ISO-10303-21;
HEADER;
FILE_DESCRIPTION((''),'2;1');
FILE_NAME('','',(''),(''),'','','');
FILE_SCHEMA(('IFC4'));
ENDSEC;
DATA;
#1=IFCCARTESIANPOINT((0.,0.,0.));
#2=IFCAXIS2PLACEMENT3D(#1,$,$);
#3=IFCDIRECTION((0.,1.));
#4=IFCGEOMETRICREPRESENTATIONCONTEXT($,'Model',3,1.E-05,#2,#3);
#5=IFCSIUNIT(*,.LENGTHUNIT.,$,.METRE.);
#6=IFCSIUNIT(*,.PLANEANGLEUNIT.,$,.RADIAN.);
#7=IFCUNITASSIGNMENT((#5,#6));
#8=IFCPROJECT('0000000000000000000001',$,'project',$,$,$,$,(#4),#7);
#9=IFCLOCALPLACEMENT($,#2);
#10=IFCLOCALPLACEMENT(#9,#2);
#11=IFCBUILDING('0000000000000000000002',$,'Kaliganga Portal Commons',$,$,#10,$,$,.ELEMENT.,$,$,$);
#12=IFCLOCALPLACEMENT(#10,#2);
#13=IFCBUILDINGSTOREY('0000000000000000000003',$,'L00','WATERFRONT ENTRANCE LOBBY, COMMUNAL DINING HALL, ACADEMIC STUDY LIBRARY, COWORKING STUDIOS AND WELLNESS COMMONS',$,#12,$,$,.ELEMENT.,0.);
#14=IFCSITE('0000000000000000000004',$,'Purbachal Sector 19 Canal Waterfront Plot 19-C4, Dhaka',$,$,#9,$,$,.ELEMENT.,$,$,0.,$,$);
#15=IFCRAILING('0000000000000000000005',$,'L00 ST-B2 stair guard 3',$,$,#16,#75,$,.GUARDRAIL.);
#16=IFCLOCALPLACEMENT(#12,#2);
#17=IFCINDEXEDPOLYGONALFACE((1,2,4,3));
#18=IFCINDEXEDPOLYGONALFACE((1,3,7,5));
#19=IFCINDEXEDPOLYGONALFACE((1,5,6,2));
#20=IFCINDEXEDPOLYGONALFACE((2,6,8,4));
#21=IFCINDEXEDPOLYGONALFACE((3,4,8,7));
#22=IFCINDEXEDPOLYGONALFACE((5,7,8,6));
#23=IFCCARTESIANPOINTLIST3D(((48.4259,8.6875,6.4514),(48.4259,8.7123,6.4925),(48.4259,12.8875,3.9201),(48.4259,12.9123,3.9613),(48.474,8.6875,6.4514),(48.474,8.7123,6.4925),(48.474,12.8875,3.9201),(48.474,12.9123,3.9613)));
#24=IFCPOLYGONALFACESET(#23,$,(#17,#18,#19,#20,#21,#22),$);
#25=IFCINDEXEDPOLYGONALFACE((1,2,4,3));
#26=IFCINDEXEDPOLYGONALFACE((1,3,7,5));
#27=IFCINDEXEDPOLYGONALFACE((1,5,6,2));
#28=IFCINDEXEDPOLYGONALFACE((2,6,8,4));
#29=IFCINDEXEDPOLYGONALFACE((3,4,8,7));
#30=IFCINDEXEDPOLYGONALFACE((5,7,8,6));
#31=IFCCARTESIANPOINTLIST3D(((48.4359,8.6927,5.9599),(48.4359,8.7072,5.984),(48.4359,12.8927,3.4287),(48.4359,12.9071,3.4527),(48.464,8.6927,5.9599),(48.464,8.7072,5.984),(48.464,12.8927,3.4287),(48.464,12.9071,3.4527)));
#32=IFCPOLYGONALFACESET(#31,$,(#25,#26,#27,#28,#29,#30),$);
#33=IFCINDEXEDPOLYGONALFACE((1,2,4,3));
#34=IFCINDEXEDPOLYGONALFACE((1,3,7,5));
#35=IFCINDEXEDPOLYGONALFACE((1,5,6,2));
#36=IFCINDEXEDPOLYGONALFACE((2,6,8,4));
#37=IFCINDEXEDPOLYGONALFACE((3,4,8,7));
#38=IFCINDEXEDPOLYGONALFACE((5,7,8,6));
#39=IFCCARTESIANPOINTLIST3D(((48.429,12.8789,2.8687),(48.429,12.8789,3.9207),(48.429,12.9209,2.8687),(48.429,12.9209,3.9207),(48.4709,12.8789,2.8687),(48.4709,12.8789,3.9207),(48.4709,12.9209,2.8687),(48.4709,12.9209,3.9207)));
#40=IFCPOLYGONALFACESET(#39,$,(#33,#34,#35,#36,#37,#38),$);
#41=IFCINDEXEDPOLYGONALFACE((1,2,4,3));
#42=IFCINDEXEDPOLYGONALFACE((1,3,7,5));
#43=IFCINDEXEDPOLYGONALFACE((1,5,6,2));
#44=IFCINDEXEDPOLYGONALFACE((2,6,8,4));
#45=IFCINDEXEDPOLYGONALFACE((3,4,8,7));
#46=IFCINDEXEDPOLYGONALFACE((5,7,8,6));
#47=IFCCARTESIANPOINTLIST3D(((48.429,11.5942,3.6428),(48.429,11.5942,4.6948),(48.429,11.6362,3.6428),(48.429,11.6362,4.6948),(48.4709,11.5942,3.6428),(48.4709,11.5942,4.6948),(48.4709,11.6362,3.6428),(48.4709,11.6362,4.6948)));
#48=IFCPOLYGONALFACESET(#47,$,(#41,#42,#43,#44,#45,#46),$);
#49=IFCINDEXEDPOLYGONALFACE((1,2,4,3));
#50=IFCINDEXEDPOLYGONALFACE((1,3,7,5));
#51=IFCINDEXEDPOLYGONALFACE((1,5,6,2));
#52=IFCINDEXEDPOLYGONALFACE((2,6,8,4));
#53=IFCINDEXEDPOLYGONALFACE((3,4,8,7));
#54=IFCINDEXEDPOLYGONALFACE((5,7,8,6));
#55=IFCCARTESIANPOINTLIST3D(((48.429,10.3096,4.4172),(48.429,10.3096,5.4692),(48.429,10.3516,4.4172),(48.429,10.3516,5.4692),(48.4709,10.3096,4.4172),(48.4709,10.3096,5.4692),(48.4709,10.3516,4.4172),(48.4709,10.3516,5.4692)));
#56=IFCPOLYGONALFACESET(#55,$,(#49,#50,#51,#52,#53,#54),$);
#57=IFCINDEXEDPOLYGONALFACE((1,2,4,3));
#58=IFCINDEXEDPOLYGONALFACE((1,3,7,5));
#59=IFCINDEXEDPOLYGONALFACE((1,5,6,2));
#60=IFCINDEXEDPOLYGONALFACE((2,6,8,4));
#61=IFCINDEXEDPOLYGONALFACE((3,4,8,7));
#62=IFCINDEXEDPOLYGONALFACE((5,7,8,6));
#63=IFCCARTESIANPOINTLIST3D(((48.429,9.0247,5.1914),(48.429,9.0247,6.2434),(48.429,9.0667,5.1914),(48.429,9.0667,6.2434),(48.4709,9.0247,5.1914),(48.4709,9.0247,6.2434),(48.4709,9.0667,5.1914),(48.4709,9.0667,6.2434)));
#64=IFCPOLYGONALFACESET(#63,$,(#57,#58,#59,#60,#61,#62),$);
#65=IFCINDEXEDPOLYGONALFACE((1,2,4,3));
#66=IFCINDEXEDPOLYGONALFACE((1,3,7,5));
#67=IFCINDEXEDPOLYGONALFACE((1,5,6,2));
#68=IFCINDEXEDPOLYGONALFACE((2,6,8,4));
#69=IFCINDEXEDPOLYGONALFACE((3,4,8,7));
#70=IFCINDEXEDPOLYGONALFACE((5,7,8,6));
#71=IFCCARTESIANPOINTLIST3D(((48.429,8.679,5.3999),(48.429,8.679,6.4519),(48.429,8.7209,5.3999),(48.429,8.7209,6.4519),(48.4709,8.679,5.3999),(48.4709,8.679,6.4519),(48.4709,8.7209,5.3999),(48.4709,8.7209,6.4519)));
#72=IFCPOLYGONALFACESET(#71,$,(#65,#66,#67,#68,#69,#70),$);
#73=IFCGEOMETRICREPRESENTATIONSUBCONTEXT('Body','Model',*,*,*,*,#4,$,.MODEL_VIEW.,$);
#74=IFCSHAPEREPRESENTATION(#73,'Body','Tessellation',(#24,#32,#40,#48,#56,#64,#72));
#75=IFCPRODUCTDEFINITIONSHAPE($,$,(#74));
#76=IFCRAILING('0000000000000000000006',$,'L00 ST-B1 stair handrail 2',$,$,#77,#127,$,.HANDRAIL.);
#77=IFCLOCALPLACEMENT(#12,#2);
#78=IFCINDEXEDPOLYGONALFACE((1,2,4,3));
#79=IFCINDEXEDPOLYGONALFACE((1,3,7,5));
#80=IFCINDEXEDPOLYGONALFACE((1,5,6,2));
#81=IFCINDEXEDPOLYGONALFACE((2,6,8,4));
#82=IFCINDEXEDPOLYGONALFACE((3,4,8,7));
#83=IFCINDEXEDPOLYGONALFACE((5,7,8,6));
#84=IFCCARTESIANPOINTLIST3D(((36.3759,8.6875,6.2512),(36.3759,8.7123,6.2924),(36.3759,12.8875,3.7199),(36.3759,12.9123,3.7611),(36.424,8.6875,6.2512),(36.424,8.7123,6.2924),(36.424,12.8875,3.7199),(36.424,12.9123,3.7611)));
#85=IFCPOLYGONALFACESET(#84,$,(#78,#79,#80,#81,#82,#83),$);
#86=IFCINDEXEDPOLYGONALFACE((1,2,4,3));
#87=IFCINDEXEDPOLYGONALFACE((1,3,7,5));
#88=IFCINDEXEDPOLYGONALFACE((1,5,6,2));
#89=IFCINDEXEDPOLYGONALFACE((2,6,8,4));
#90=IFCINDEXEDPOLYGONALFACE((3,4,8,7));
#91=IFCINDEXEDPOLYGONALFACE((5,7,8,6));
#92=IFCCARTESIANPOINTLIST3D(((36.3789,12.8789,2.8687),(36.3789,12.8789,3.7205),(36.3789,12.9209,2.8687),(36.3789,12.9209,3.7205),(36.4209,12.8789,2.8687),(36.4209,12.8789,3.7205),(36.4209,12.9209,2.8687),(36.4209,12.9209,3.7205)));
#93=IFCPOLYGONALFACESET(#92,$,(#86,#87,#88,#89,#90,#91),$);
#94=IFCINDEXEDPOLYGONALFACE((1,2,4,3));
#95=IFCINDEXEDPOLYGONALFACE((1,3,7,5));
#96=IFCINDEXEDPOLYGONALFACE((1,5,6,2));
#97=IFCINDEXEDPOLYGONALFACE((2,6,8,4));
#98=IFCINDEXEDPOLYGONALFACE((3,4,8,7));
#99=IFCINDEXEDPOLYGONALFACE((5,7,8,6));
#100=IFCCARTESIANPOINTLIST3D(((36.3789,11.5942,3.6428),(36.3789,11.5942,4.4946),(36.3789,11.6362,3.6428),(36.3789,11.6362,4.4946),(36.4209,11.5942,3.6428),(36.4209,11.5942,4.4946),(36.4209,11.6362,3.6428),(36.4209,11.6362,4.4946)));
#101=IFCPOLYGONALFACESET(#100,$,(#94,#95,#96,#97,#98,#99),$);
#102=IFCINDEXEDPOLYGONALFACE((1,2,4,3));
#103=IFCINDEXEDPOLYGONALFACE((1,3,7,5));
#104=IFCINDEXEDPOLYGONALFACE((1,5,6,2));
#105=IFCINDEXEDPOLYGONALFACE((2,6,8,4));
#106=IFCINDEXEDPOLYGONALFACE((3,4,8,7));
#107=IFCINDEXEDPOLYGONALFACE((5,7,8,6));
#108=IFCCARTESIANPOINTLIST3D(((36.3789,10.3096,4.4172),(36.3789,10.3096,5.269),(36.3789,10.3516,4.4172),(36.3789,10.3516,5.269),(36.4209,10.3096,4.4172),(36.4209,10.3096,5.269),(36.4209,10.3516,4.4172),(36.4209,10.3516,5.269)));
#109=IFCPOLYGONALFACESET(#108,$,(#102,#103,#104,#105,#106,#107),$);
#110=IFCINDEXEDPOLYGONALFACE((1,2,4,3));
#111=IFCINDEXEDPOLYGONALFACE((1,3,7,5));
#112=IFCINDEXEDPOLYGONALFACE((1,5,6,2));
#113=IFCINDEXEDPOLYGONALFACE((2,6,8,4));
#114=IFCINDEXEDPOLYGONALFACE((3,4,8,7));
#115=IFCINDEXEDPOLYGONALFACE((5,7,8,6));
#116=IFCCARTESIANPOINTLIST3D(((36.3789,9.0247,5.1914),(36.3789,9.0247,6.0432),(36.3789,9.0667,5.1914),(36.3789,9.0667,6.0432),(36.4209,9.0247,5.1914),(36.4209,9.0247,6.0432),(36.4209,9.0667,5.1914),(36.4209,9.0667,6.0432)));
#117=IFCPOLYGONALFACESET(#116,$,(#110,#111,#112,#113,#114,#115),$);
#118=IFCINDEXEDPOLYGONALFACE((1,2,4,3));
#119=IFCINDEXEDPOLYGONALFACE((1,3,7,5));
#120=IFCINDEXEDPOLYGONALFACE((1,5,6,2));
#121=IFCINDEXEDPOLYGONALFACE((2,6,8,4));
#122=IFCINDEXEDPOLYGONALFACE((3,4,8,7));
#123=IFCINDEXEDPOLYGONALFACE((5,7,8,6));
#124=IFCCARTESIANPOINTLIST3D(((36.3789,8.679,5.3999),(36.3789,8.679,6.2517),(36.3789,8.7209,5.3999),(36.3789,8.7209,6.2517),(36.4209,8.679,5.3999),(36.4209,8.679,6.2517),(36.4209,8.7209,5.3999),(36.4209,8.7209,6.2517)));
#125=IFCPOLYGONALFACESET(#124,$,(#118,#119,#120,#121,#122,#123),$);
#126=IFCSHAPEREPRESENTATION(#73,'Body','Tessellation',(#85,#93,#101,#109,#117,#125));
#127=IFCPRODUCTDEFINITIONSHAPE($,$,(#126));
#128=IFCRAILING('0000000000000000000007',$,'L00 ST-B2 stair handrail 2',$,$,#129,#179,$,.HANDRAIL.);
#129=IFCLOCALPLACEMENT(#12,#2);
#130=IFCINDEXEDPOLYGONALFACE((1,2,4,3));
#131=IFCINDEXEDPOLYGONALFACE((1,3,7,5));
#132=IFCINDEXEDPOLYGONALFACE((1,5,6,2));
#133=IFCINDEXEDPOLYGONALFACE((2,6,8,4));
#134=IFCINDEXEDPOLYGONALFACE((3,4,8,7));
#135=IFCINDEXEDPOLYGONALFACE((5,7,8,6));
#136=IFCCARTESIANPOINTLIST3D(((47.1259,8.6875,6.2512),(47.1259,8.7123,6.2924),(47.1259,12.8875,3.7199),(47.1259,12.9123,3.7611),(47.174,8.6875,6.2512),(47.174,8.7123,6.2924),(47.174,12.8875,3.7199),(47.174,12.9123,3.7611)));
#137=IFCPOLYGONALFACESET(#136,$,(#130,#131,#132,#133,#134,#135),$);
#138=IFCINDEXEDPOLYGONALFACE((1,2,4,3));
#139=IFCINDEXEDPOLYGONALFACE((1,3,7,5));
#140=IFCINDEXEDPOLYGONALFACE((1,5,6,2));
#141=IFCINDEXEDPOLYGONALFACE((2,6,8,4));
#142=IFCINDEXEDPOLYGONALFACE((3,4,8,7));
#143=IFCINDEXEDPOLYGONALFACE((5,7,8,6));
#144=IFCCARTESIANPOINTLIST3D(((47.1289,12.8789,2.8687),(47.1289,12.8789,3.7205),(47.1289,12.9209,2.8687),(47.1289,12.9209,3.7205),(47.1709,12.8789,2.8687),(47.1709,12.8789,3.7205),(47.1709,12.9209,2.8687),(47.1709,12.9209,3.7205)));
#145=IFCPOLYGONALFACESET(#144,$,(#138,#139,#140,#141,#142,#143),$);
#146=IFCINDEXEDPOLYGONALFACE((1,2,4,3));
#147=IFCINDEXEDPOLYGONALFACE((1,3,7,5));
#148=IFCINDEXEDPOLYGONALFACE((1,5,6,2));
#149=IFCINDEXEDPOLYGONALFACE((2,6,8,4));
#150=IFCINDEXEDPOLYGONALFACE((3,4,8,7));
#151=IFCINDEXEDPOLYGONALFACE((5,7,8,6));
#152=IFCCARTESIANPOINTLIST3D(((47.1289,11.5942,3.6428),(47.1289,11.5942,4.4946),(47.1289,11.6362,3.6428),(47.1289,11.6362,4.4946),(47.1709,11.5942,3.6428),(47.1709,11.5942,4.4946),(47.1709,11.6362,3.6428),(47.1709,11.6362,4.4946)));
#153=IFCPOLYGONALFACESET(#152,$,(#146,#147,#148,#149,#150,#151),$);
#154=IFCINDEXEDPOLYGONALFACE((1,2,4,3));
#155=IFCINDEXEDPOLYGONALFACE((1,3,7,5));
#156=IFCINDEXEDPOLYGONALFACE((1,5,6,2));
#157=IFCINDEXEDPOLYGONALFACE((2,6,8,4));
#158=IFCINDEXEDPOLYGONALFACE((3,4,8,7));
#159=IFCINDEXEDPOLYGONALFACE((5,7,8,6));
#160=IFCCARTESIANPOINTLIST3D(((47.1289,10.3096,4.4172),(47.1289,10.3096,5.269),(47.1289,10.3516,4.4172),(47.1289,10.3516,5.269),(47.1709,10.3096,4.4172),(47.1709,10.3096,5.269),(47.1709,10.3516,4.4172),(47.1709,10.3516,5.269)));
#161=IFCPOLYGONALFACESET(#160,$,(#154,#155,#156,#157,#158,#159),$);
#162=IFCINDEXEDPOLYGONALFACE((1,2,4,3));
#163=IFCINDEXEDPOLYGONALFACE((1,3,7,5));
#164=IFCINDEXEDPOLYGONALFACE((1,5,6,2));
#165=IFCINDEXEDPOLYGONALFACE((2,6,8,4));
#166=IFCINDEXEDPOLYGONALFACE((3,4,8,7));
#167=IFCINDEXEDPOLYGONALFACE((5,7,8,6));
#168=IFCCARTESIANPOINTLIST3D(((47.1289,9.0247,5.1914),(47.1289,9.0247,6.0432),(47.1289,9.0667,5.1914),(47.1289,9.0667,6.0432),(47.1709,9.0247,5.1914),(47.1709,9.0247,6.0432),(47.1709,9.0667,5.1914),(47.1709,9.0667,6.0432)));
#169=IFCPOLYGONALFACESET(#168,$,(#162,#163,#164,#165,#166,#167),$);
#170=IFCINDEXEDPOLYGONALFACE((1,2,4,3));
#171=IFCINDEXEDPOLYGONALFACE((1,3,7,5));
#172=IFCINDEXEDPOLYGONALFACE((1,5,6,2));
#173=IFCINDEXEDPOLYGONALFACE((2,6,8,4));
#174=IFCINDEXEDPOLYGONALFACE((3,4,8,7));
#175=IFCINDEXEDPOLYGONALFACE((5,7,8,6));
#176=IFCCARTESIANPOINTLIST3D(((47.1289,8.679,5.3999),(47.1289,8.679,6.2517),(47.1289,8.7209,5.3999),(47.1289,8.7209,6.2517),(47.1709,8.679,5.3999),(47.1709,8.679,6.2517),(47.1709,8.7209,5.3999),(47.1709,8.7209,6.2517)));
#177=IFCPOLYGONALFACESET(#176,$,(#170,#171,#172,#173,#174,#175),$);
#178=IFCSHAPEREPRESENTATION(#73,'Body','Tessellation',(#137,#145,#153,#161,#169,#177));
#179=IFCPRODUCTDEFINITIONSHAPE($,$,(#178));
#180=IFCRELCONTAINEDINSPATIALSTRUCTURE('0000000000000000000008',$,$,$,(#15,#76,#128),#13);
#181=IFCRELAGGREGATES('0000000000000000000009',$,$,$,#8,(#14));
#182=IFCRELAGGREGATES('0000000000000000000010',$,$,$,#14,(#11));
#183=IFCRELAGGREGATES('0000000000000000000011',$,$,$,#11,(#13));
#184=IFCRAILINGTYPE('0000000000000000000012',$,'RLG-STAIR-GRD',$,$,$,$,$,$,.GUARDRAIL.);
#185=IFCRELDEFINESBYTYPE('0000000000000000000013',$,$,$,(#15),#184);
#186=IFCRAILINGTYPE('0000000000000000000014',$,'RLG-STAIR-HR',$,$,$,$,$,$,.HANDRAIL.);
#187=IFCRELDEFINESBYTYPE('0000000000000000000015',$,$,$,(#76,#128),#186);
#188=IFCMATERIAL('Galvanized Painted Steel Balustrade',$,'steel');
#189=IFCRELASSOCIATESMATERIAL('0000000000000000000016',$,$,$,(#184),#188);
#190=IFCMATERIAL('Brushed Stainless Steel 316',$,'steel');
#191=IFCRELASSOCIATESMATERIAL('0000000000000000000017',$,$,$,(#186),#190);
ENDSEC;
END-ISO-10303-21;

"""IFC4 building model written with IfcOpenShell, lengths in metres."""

from ifc_helpers import new_model, si_unit, direction, frame, origin, origin_2d, place, context, subcontext, project, spatial, rectangle, extrude, material, type_object, element, save


model = new_model("IFC4")

# Units and contexts
model_context = context("Model", 3, precision=1e-05, world=origin(), true_north=direction((0.0, 1.0)))
body_context = subcontext(model_context, "Body", "Model", "MODEL_VIEW")
ifc_project = project(units=[si_unit("LENGTHUNIT", "METRE"), si_unit("PLANEANGLEUNIT", "RADIAN")], contexts=[model_context])

# Site, building, storey
site_placement = place(None, origin())
site = spatial("IfcSite", under=ifc_project, at=site_placement, Name="Purbachal Sector 19 Canal Waterfront Plot 19-C4, Dhaka", CompositionType="ELEMENT", RefElevation=0.0)
building_placement = place(site_placement, origin())
building = spatial("IfcBuilding", under=site, at=building_placement, Name="Kaliganga Portal Commons", CompositionType="ELEMENT")
storey_placement = place(building_placement, origin())
storey = spatial("IfcBuildingStorey", under=building, at=storey_placement, Name="L00", Description="WATERFRONT ENTRANCE LOBBY, COMMUNAL DINING HALL, ACADEMIC STUDY LIBRARY, COWORKING STUDIOS AND WELLNESS COMMONS", CompositionType="ELEMENT", Elevation=0.0)

# Railings
ifc_material_1 = material(Name="Galvanized Painted Steel Balustrade", Category="steel")
railing_type_1 = type_object("IfcRailingType", Name="RLG-STAIR-GRD", PredefinedType="GUARDRAIL", material=ifc_material_1)
railing_1_placement = place(storey_placement, frame((48.45, 12.8999, 2.8687)))
element("IfcRailing", 1, at=railing_1_placement, inside=storey, type_object=railing_type_1, Name="L00 ST-B2 stair guard 3", PredefinedType="GUARDRAIL", context=body_context, shape_type="SweptSolid", body=[
    extrude(rectangle(XDim=0.0481, YDim=0.0481, at=origin_2d()), frame((0.0, 0.0, 1.072), z_axis=(0.0, -0.856476, 0.516186), x_axis=(1.0, 0.0, 0.0)), (0.0, 0.0, 1.0), 4.9038),
    extrude(rectangle(XDim=0.0281, YDim=0.0281, at=origin_2d()), frame((0.0, 0.0, 0.572), z_axis=(0.0, -0.856476, 0.516186), x_axis=(1.0, 0.0, 0.0)), (0.0, 0.0, 1.0), 4.9038),
    extrude(rectangle(XDim=0.042, YDim=0.042, at=origin_2d()), origin(), (0.0, 0.0, 1.0), 1.052),
    extrude(rectangle(XDim=0.042, YDim=0.042, at=origin_2d()), frame((0.0, -1.2847, 0.7742)), (0.0, 0.0, 1.0), 1.052),
    extrude(rectangle(XDim=0.042, YDim=0.042, at=origin_2d()), frame((0.0, -2.5693, 1.5486)), (0.0, 0.0, 1.0), 1.052),
    extrude(rectangle(XDim=0.042, YDim=0.042, at=origin_2d()), frame((0.0, -3.8542, 2.3228)), (0.0, 0.0, 1.0), 1.052),
    extrude(rectangle(XDim=0.042, YDim=0.042, at=origin_2d()), frame((0.0, -4.2, 2.5312)), (0.0, 0.0, 1.0), 1.052),
])
ifc_material_2 = material(Name="Brushed Stainless Steel 316", Category="steel")
railing_type_2 = type_object("IfcRailingType", Name="RLG-STAIR-HR", PredefinedType="HANDRAIL", material=ifc_material_2)
for number, where, name in (
    (2, (36.3999, 12.8999, 2.8687), "L00 ST-B1 stair handrail 2"),
    (3, (47.1499, 12.8999, 2.8687), "L00 ST-B2 stair handrail 2"),
):
    element("IfcRailing", number, at=place(storey_placement, frame(where)), inside=storey, type_object=railing_type_2, Name=name, PredefinedType="HANDRAIL", context=body_context, shape_type="SweptSolid", body=[
        extrude(rectangle(XDim=0.0481, YDim=0.0481, at=origin_2d()), frame((0.0, 0.0, 0.8718), z_axis=(0.0, -0.856476, 0.516186), x_axis=(1.0, 0.0, 0.0)), (0.0, 0.0, 1.0), 4.9038),
        extrude(rectangle(XDim=0.042, YDim=0.042, at=origin_2d()), origin(), (0.0, 0.0, 1.0), 0.8518),
        extrude(rectangle(XDim=0.042, YDim=0.042, at=origin_2d()), frame((0.0, -1.2847, 0.7742)), (0.0, 0.0, 1.0), 0.8518),
        extrude(rectangle(XDim=0.042, YDim=0.042, at=origin_2d()), frame((0.0, -2.5693, 1.5486)), (0.0, 0.0, 1.0), 0.8518),
        extrude(rectangle(XDim=0.042, YDim=0.042, at=origin_2d()), frame((0.0, -3.8542, 2.3228)), (0.0, 0.0, 1.0), 0.8518),
        extrude(rectangle(XDim=0.042, YDim=0.042, at=origin_2d()), frame((0.0, -4.2, 2.5312)), (0.0, 0.0, 1.0), 0.8518),
    ])

save(model, "model.ifc")
